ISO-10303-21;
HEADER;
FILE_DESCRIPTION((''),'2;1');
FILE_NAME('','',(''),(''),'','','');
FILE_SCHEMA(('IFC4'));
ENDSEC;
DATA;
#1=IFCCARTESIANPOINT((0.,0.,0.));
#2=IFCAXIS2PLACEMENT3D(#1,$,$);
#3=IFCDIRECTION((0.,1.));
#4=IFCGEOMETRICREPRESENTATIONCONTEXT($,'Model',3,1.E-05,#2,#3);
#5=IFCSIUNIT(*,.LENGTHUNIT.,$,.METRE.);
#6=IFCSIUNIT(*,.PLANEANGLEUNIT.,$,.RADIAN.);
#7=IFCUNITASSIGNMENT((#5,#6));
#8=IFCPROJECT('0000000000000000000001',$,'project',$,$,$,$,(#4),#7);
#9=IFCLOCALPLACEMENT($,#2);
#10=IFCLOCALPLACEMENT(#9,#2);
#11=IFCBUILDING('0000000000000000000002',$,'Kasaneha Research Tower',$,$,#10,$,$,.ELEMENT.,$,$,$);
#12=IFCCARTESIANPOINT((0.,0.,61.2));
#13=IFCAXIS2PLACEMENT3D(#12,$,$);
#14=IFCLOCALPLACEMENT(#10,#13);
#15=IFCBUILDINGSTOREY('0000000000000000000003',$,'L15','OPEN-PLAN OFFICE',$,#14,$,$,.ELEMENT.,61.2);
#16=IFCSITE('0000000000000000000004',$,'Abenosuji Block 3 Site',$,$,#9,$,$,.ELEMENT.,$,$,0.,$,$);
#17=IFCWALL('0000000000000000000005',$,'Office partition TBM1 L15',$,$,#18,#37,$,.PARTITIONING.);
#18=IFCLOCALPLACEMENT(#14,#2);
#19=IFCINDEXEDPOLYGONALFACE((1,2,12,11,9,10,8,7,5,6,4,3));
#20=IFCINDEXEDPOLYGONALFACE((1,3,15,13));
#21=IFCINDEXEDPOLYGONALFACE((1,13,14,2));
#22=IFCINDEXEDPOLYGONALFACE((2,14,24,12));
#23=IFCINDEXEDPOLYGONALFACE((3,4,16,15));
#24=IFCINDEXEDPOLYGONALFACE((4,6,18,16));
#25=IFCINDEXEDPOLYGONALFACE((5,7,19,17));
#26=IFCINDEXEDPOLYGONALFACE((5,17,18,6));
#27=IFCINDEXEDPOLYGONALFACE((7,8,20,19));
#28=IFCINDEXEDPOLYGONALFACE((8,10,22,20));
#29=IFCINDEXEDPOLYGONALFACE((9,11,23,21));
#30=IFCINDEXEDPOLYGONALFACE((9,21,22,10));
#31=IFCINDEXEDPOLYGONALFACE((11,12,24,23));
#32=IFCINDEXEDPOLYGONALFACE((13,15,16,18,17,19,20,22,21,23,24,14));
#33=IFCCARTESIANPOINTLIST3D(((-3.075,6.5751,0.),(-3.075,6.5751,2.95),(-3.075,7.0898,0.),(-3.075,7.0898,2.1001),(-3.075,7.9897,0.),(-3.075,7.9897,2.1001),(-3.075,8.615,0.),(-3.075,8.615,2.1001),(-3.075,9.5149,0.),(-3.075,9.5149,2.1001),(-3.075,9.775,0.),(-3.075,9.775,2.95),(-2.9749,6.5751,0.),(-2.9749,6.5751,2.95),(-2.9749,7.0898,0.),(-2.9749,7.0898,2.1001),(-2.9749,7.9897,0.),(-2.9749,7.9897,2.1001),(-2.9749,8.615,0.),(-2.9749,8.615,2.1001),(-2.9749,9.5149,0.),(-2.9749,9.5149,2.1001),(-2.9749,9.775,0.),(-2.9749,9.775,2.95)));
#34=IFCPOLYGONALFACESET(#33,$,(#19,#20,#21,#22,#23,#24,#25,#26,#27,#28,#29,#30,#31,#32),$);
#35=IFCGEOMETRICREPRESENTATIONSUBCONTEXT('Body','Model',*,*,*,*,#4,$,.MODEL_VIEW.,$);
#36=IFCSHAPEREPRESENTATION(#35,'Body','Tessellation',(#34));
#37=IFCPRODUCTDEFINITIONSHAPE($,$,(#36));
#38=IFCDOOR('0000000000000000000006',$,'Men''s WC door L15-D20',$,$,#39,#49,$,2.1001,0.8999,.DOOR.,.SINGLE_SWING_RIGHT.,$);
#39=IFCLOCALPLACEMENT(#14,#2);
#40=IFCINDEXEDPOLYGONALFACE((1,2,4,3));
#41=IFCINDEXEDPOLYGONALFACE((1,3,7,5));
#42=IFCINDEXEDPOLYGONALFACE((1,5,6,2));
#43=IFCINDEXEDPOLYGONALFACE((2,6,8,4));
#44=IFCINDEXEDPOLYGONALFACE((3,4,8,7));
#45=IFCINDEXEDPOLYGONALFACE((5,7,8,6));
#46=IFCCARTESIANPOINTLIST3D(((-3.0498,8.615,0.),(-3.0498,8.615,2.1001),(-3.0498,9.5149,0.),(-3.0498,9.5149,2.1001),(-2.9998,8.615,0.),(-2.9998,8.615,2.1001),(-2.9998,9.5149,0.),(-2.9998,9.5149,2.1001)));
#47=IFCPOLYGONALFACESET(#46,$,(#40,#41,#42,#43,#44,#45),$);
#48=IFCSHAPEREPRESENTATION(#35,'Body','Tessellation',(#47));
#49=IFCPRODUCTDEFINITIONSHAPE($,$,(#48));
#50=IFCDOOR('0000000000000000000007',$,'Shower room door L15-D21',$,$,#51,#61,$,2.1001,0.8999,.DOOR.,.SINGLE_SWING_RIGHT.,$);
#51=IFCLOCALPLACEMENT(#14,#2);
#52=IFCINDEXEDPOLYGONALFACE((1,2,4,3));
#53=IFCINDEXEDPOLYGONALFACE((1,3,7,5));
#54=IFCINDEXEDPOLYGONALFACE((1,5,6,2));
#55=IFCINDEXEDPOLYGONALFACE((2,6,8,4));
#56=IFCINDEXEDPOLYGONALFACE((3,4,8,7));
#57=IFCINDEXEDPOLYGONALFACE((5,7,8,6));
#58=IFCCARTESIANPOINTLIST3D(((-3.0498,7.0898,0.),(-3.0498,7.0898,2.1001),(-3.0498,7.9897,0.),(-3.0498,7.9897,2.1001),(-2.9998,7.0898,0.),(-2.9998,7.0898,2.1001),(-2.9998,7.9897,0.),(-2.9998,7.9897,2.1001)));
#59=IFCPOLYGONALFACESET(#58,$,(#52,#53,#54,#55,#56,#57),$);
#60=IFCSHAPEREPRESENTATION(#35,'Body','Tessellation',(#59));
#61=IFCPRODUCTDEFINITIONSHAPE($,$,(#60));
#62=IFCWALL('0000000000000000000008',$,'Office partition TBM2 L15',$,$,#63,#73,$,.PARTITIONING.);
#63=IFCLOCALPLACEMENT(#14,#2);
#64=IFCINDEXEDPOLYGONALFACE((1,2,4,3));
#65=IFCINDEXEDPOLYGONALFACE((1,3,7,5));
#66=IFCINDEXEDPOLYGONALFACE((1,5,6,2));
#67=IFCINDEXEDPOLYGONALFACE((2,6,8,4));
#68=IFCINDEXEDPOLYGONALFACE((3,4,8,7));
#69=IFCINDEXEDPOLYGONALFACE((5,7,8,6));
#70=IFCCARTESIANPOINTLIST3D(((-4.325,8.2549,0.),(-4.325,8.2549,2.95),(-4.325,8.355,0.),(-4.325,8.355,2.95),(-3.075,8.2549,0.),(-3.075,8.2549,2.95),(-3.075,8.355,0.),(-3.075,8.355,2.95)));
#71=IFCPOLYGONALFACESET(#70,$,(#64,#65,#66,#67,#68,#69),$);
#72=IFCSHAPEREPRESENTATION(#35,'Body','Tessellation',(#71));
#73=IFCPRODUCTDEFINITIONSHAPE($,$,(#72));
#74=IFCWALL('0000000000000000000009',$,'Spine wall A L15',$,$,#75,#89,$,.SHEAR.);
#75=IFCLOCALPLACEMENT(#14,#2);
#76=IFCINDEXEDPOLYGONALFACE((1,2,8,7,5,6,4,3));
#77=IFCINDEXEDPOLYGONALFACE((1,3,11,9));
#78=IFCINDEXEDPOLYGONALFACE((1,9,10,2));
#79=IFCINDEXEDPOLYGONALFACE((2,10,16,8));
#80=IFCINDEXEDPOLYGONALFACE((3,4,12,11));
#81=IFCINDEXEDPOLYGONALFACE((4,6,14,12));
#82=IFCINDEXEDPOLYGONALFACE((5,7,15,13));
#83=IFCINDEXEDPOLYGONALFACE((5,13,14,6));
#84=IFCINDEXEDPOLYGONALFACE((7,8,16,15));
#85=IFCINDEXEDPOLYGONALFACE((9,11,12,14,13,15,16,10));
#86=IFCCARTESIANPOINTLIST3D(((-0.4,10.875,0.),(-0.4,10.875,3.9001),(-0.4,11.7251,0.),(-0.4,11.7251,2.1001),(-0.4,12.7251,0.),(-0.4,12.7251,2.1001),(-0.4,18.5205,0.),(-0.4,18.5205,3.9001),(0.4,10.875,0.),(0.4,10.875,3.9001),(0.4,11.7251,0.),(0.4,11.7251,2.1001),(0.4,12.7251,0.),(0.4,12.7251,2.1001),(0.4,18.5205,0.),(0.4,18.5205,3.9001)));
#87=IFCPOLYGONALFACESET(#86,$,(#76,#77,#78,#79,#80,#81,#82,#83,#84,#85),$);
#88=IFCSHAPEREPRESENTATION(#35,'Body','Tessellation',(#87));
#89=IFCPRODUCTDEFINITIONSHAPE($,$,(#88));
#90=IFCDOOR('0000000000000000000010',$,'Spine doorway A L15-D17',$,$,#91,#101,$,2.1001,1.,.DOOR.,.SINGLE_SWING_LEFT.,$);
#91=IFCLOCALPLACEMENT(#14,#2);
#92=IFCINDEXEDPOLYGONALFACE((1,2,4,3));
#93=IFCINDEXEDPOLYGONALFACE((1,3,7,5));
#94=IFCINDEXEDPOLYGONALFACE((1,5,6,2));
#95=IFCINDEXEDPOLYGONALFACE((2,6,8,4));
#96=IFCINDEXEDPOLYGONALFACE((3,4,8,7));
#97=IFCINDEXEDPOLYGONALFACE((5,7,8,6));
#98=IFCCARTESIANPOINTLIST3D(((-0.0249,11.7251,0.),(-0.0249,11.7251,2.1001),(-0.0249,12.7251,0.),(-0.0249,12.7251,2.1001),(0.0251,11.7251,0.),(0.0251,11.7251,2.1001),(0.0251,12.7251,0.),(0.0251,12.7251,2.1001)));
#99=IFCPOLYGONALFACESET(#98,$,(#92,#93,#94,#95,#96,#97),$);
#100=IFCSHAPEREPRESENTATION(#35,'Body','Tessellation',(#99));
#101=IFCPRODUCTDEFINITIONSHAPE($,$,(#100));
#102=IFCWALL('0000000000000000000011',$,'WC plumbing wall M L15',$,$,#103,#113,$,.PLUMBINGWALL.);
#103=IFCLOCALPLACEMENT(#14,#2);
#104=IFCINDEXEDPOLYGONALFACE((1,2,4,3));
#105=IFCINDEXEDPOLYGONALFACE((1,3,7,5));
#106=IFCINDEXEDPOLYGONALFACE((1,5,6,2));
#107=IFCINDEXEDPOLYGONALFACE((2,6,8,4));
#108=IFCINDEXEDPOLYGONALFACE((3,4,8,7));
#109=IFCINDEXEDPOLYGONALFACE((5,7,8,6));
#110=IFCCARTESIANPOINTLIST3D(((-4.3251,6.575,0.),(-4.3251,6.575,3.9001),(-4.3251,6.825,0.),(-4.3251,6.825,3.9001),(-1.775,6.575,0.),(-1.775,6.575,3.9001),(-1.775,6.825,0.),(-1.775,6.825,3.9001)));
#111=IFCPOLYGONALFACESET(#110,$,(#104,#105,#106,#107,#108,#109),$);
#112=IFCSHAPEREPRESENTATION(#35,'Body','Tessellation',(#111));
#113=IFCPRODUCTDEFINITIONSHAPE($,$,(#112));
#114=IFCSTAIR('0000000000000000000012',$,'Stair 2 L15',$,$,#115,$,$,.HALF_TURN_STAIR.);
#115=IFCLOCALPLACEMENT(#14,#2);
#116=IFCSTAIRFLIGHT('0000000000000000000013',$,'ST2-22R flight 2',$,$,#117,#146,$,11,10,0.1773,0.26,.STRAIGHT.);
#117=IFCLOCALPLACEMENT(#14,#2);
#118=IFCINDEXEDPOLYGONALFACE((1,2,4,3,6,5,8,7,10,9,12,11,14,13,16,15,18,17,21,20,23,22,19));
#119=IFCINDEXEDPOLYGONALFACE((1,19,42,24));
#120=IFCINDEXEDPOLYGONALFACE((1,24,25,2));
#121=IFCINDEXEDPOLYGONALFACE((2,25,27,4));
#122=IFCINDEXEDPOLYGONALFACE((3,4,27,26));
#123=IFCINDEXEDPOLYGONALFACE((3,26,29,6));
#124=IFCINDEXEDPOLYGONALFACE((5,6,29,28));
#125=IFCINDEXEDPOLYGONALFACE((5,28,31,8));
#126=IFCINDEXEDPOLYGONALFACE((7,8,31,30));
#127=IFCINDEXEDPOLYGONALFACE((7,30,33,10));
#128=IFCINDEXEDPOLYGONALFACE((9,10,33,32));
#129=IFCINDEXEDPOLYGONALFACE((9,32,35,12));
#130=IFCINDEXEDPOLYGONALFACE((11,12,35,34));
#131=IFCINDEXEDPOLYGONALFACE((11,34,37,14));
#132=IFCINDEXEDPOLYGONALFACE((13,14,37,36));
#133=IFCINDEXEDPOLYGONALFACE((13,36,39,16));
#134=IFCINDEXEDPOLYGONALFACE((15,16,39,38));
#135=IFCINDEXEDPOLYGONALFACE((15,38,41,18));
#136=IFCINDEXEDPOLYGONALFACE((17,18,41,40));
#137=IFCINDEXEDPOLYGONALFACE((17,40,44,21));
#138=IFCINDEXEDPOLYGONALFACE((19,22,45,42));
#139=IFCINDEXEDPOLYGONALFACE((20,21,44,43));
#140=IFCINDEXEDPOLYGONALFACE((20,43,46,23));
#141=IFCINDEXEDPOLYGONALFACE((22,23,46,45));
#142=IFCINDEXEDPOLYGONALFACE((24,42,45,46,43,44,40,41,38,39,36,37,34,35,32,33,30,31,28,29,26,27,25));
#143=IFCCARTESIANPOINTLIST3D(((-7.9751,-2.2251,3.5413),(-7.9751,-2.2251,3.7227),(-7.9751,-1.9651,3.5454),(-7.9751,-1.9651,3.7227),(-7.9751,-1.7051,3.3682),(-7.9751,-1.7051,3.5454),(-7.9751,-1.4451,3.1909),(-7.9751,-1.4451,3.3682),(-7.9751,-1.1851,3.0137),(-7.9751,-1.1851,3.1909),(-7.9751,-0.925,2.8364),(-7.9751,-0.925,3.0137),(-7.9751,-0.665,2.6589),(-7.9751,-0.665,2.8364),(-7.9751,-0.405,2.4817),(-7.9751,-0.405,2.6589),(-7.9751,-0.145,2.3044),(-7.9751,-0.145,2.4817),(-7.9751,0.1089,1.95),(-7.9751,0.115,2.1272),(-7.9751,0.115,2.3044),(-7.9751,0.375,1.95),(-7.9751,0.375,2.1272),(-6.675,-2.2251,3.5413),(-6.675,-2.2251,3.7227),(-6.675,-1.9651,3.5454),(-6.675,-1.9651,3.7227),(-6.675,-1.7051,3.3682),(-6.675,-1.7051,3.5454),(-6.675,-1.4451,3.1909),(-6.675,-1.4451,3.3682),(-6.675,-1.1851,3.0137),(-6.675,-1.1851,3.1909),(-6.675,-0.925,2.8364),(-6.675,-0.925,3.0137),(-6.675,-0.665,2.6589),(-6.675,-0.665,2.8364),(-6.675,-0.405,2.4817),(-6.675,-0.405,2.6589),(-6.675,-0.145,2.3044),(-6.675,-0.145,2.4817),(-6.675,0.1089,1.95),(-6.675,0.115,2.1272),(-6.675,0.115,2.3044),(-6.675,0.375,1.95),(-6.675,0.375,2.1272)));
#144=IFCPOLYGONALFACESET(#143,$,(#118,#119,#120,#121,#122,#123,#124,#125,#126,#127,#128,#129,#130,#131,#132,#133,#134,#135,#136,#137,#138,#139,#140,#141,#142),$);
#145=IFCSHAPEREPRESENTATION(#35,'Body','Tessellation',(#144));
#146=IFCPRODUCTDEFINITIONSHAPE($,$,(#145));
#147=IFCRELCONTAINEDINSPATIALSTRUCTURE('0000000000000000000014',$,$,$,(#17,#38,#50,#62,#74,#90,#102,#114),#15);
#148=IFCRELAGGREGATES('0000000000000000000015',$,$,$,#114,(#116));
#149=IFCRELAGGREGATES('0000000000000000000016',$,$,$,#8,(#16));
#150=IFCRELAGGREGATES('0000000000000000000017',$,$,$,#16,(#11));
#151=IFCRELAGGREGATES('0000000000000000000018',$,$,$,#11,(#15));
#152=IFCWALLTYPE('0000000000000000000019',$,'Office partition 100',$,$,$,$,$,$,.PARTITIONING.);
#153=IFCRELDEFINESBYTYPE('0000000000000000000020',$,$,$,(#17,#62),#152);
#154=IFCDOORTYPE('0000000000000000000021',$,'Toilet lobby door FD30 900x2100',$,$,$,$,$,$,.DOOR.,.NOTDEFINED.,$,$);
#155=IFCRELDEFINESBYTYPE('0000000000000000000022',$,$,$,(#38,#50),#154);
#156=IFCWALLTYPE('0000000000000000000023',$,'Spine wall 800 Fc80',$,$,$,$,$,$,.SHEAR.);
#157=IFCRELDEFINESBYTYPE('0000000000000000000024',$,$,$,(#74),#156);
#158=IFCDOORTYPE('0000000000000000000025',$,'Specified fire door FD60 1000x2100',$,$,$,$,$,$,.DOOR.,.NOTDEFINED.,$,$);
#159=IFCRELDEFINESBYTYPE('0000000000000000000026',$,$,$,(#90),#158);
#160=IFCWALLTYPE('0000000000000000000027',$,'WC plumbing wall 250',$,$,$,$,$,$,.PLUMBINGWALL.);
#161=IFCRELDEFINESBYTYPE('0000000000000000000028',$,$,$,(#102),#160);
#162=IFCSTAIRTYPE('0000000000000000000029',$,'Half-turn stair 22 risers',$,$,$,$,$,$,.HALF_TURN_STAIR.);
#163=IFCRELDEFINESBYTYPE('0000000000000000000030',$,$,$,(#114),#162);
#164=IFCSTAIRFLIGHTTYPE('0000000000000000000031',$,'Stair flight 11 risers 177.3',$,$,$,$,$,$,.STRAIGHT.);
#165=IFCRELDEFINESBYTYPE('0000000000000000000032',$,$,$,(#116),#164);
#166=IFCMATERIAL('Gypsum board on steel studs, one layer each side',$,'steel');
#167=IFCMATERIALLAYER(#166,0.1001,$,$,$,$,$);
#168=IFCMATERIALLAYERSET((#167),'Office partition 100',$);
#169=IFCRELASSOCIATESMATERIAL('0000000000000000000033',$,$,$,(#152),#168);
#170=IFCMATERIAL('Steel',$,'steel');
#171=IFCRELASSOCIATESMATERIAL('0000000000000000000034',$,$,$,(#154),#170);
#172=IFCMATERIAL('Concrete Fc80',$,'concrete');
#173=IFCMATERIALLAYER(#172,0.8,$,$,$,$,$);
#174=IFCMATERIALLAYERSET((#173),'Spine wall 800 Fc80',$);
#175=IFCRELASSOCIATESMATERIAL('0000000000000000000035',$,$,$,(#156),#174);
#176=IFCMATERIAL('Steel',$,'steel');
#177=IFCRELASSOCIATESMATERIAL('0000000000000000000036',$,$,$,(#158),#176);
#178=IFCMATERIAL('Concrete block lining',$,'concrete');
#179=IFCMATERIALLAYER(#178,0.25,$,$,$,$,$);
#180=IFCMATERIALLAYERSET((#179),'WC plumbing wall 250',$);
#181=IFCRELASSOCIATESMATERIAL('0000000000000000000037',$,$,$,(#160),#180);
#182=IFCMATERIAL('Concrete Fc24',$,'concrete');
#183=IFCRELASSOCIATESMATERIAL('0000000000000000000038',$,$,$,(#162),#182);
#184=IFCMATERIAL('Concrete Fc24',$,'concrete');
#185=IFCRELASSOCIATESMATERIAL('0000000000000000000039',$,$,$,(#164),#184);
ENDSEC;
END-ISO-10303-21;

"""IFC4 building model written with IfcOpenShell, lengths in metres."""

from ifc_helpers import new_model, si_unit, direction, frame, frame_2d, origin, place, context, subcontext, project, spatial, polyline, rectangle, outline, extrude, material, layer, layer_set, type_object, element, fill, aggregate, save


model = new_model("IFC4")

# Units and contexts
model_context = context("Model", 3, precision=1e-05, world=origin(), true_north=direction((0.0, 1.0)))
body_context = subcontext(model_context, "Body", "Model", "MODEL_VIEW")
ifc_project = project(units=[si_unit("LENGTHUNIT", "METRE"), si_unit("PLANEANGLEUNIT", "RADIAN")], contexts=[model_context])

# Site, building, storey
site_placement = place(None, origin())
site = spatial("IfcSite", under=ifc_project, at=site_placement, Name="Abenosuji Block 3 Site", CompositionType="ELEMENT", RefElevation=0.0)
building_placement = place(site_placement, origin())
building = spatial("IfcBuilding", under=site, at=building_placement, Name="Kasaneha Research Tower", CompositionType="ELEMENT")
storey_placement = place(building_placement, frame((0.0, 0.0, 61.2)))
storey = spatial("IfcBuildingStorey", under=building, at=storey_placement, Name="L15", Description="OPEN-PLAN OFFICE", CompositionType="ELEMENT", Elevation=61.2)

# Wall, openings, doors
ifc_material_1 = material(Name="Gypsum board on steel studs, one layer each side", Category="steel")
ifc_layer_1 = layer(ifc_material_1, 0.1001)
ifc_layer_set_1 = layer_set([ifc_layer_1], Name="Office partition 100")
wall_type_1 = type_object("IfcWallType", Name="Office partition 100", PredefinedType="PARTITIONING", material=ifc_layer_set_1)
wall_1_placement = place(storey_placement, frame((-3.0249, 6.575, 0.0), z_axis=(0.0, 0.0, 1.0), x_axis=(0.0, 1.0, 0.0)))
wall_1 = element("IfcWall", 1, at=wall_1_placement, inside=storey, type_object=wall_type_1, Name="Office partition TBM1 L15", PredefinedType="PARTITIONING", context=body_context, shape_type="SweptSolid", body=[
    extrude(rectangle(XDim=3.2, YDim=0.1001, at=frame_2d((1.6001, 0.0))), origin(), (0.0, 0.0, 1.0), 2.95),
])
opening_1_placement = place(wall_1_placement, frame((2.04, 0.0, 0.0)))
opening_1 = element("IfcOpeningElement", 2, at=opening_1_placement, cuts=wall_1, PredefinedType="OPENING", context=body_context, shape_type="SweptSolid", body=[
    extrude(rectangle(XDim=0.8999, YDim=2.1001, at=frame_2d((0.45, 1.05))), frame((0.0, 0.0601, 0.0), z_axis=(0.0, -1.0, 0.0), x_axis=(1.0, 0.0, 0.0)), (0.0, 0.0, 1.0), 0.1201),
])
opening_2_placement = place(wall_1_placement, frame((0.5149, 0.0, 0.0)))
opening_2 = element("IfcOpeningElement", 3, at=opening_2_placement, cuts=wall_1, PredefinedType="OPENING", context=body_context, shape_type="SweptSolid", body=[
    extrude(rectangle(XDim=0.8999, YDim=2.1001, at=frame_2d((0.45, 1.05))), frame((0.0, 0.0601, 0.0), z_axis=(0.0, -1.0, 0.0), x_axis=(1.0, 0.0, 0.0)), (0.0, 0.0, 1.0), 0.1201),
])
ifc_material_2 = material(Name="Steel", Category="steel")
door_type_1 = type_object("IfcDoorType", Name="Toilet lobby door FD30 900x2100", OperationType="NOTDEFINED", PredefinedType="DOOR", material=ifc_material_2)
door_1_placement = place(opening_1_placement, origin())
door_1 = element("IfcDoor", 4, at=door_1_placement, inside=storey, type_object=door_type_1, Name="Men's WC door L15-D20", OperationType="SINGLE_SWING_RIGHT", OverallHeight=2.1001, OverallWidth=0.8999, PredefinedType="DOOR", context=body_context, shape_type="SweptSolid", body=[
    extrude(rectangle(XDim=0.8999, YDim=2.1001, at=frame_2d((0.45, 1.05))), frame((0.0, 0.0249, 0.0), z_axis=(0.0, -1.0, 0.0), x_axis=(1.0, 0.0, 0.0)), (0.0, 0.0, 1.0), 0.05),
])
fill(opening_1, door_1)
door_2_placement = place(opening_2_placement, origin())
door_2 = element("IfcDoor", 5, at=door_2_placement, inside=storey, type_object=door_type_1, Name="Shower room door L15-D21", OperationType="SINGLE_SWING_RIGHT", OverallHeight=2.1001, OverallWidth=0.8999, PredefinedType="DOOR", context=body_context, shape_type="SweptSolid", body=[
    extrude(rectangle(XDim=0.8999, YDim=2.1001, at=frame_2d((0.45, 1.05))), frame((0.0, 0.0249, 0.0), z_axis=(0.0, -1.0, 0.0), x_axis=(1.0, 0.0, 0.0)), (0.0, 0.0, 1.0), 0.05),
])
fill(opening_2, door_2)

# Wall
wall_2_placement = place(storey_placement, frame((-3.075, 8.3049, 0.0), z_axis=(0.0, 0.0, 1.0), x_axis=(-1.0, 0.0, 0.0)))
element("IfcWall", 6, at=wall_2_placement, inside=storey, type_object=wall_type_1, Name="Office partition TBM2 L15", PredefinedType="PARTITIONING", context=body_context, shape_type="SweptSolid", body=[
    extrude(rectangle(XDim=1.25, YDim=0.1001, at=frame_2d((0.625, 0.0))), origin(), (0.0, 0.0, 1.0), 2.95),
])

# Wall, opening, door
ifc_material_3 = material(Name="Concrete Fc80", Category="concrete")
ifc_layer_2 = layer(ifc_material_3, 0.8)
ifc_layer_set_2 = layer_set([ifc_layer_2], Name="Spine wall 800 Fc80")
wall_type_2 = type_object("IfcWallType", Name="Spine wall 800 Fc80", PredefinedType="SHEAR", material=ifc_layer_set_2)
wall_3_placement = place(storey_placement, frame((0.0, 10.875, 0.0), z_axis=(0.0, 0.0, 1.0), x_axis=(0.0, 1.0, 0.0)))
wall_3 = element("IfcWall", 7, at=wall_3_placement, inside=storey, type_object=wall_type_2, Name="Spine wall A L15", PredefinedType="SHEAR", context=body_context, shape_type="SweptSolid", body=[
    extrude(rectangle(XDim=7.6455, YDim=0.8, at=frame_2d((3.8228, 0.0))), origin(), (0.0, 0.0, 1.0), 3.9001),
])
opening_3_placement = place(wall_3_placement, frame((0.8501, 0.0, 0.0)))
opening_3 = element("IfcOpeningElement", 8, at=opening_3_placement, cuts=wall_3, PredefinedType="OPENING", context=body_context, shape_type="SweptSolid", body=[
    extrude(rectangle(XDim=1.0, YDim=2.1001, at=frame_2d((0.5, 1.05))), frame((0.0, 0.4102, 0.0), z_axis=(0.0, -1.0, 0.0), x_axis=(1.0, 0.0, 0.0)), (0.0, 0.0, 1.0), 0.8201),
])
ifc_material_4 = material(Name="Steel", Category="steel")
door_type_2 = type_object("IfcDoorType", Name="Specified fire door FD60 1000x2100", OperationType="NOTDEFINED", PredefinedType="DOOR", material=ifc_material_4)
door_3_placement = place(opening_3_placement, origin())
door_3 = element("IfcDoor", 9, at=door_3_placement, inside=storey, type_object=door_type_2, Name="Spine doorway A L15-D17", OperationType="SINGLE_SWING_LEFT", OverallHeight=2.1001, OverallWidth=1.0, PredefinedType="DOOR", context=body_context, shape_type="SweptSolid", body=[
    extrude(rectangle(XDim=1.0, YDim=2.1001, at=frame_2d((0.5, 1.05))), frame((0.0, 0.0249, 0.0), z_axis=(0.0, -1.0, 0.0), x_axis=(1.0, 0.0, 0.0)), (0.0, 0.0, 1.0), 0.05),
])
fill(opening_3, door_3)

# Wall
ifc_material_5 = material(Name="Concrete block lining", Category="concrete")
ifc_layer_3 = layer(ifc_material_5, 0.25)
ifc_layer_set_3 = layer_set([ifc_layer_3], Name="WC plumbing wall 250")
wall_type_3 = type_object("IfcWallType", Name="WC plumbing wall 250", PredefinedType="PLUMBINGWALL", material=ifc_layer_set_3)
wall_4_placement = place(storey_placement, frame((-4.325, 6.7, 0.0), z_axis=(0.0, 0.0, 1.0), x_axis=(1.0, 0.0, 0.0)))
element("IfcWall", 10, at=wall_4_placement, inside=storey, type_object=wall_type_3, Name="WC plumbing wall M L15", PredefinedType="PLUMBINGWALL", context=body_context, shape_type="SweptSolid", body=[
    extrude(rectangle(XDim=2.55, YDim=0.25, at=frame_2d((1.2749, 0.0))), origin(), (0.0, 0.0, 1.0), 3.9001),
])

# Stair, stair flight
ifc_material_6 = material(Name="Concrete Fc24", Category="concrete")
stair_type = type_object("IfcStairType", Name="Half-turn stair 22 risers", PredefinedType="HALF_TURN_STAIR", material=ifc_material_6)
stair_placement = place(storey_placement, origin())
stair = element("IfcStair", 11, at=stair_placement, inside=storey, type_object=stair_type, Name="Stair 2 L15", PredefinedType="HALF_TURN_STAIR")
ifc_material_7 = material(Name="Concrete Fc24", Category="concrete")
stair_flight_type = type_object("IfcStairFlightType", Name="Stair flight 11 risers 177.3", PredefinedType="STRAIGHT", material=ifc_material_7)
stair_flight_placement = place(storey_placement, frame((-7.325, 0.375, 1.95), z_axis=(0.0, 0.0, 1.0), x_axis=(0.0, -1.0, 0.0)))
stair_flight = element("IfcStairFlight", 12, at=stair_flight_placement, type_object=stair_flight_type, Name="ST2-22R flight 2", NumberOfRisers=11, NumberOfTreads=10, PredefinedType="STRAIGHT", RiserHeight=0.1773, TreadLength=0.26, context=body_context, shape_type="SweptSolid", body=[
    extrude(outline(polyline([(0.0, 0.0), (0.0, 0.1772), (0.26, 0.1772), (0.26, 0.3545), (0.52, 0.3545), (0.52, 0.5317), (0.78, 0.5317), (0.78, 0.709), (1.04, 0.709), (1.04, 0.8865), (1.3, 0.8865), (1.3, 1.0637), (1.5601, 1.0637), (1.5601, 1.241), (1.8201, 1.241), (1.8201, 1.4182), (2.0801, 1.4182), (2.0801, 1.5955), (2.3401, 1.5955), (2.3401, 1.7727), (2.6001, 1.7727), (2.6001, 1.95), (2.6001, 1.5913), (0.2661, 0.0), (0.0, 0.0)])), frame((0.0, 0.6499, 0.0), z_axis=(0.0, -1.0, 0.0), x_axis=(1.0, 0.0, 0.0)), (0.0, 0.0, 1.0), 1.3),
])
aggregate(stair, [stair_flight])

save(model, "model.ifc")
